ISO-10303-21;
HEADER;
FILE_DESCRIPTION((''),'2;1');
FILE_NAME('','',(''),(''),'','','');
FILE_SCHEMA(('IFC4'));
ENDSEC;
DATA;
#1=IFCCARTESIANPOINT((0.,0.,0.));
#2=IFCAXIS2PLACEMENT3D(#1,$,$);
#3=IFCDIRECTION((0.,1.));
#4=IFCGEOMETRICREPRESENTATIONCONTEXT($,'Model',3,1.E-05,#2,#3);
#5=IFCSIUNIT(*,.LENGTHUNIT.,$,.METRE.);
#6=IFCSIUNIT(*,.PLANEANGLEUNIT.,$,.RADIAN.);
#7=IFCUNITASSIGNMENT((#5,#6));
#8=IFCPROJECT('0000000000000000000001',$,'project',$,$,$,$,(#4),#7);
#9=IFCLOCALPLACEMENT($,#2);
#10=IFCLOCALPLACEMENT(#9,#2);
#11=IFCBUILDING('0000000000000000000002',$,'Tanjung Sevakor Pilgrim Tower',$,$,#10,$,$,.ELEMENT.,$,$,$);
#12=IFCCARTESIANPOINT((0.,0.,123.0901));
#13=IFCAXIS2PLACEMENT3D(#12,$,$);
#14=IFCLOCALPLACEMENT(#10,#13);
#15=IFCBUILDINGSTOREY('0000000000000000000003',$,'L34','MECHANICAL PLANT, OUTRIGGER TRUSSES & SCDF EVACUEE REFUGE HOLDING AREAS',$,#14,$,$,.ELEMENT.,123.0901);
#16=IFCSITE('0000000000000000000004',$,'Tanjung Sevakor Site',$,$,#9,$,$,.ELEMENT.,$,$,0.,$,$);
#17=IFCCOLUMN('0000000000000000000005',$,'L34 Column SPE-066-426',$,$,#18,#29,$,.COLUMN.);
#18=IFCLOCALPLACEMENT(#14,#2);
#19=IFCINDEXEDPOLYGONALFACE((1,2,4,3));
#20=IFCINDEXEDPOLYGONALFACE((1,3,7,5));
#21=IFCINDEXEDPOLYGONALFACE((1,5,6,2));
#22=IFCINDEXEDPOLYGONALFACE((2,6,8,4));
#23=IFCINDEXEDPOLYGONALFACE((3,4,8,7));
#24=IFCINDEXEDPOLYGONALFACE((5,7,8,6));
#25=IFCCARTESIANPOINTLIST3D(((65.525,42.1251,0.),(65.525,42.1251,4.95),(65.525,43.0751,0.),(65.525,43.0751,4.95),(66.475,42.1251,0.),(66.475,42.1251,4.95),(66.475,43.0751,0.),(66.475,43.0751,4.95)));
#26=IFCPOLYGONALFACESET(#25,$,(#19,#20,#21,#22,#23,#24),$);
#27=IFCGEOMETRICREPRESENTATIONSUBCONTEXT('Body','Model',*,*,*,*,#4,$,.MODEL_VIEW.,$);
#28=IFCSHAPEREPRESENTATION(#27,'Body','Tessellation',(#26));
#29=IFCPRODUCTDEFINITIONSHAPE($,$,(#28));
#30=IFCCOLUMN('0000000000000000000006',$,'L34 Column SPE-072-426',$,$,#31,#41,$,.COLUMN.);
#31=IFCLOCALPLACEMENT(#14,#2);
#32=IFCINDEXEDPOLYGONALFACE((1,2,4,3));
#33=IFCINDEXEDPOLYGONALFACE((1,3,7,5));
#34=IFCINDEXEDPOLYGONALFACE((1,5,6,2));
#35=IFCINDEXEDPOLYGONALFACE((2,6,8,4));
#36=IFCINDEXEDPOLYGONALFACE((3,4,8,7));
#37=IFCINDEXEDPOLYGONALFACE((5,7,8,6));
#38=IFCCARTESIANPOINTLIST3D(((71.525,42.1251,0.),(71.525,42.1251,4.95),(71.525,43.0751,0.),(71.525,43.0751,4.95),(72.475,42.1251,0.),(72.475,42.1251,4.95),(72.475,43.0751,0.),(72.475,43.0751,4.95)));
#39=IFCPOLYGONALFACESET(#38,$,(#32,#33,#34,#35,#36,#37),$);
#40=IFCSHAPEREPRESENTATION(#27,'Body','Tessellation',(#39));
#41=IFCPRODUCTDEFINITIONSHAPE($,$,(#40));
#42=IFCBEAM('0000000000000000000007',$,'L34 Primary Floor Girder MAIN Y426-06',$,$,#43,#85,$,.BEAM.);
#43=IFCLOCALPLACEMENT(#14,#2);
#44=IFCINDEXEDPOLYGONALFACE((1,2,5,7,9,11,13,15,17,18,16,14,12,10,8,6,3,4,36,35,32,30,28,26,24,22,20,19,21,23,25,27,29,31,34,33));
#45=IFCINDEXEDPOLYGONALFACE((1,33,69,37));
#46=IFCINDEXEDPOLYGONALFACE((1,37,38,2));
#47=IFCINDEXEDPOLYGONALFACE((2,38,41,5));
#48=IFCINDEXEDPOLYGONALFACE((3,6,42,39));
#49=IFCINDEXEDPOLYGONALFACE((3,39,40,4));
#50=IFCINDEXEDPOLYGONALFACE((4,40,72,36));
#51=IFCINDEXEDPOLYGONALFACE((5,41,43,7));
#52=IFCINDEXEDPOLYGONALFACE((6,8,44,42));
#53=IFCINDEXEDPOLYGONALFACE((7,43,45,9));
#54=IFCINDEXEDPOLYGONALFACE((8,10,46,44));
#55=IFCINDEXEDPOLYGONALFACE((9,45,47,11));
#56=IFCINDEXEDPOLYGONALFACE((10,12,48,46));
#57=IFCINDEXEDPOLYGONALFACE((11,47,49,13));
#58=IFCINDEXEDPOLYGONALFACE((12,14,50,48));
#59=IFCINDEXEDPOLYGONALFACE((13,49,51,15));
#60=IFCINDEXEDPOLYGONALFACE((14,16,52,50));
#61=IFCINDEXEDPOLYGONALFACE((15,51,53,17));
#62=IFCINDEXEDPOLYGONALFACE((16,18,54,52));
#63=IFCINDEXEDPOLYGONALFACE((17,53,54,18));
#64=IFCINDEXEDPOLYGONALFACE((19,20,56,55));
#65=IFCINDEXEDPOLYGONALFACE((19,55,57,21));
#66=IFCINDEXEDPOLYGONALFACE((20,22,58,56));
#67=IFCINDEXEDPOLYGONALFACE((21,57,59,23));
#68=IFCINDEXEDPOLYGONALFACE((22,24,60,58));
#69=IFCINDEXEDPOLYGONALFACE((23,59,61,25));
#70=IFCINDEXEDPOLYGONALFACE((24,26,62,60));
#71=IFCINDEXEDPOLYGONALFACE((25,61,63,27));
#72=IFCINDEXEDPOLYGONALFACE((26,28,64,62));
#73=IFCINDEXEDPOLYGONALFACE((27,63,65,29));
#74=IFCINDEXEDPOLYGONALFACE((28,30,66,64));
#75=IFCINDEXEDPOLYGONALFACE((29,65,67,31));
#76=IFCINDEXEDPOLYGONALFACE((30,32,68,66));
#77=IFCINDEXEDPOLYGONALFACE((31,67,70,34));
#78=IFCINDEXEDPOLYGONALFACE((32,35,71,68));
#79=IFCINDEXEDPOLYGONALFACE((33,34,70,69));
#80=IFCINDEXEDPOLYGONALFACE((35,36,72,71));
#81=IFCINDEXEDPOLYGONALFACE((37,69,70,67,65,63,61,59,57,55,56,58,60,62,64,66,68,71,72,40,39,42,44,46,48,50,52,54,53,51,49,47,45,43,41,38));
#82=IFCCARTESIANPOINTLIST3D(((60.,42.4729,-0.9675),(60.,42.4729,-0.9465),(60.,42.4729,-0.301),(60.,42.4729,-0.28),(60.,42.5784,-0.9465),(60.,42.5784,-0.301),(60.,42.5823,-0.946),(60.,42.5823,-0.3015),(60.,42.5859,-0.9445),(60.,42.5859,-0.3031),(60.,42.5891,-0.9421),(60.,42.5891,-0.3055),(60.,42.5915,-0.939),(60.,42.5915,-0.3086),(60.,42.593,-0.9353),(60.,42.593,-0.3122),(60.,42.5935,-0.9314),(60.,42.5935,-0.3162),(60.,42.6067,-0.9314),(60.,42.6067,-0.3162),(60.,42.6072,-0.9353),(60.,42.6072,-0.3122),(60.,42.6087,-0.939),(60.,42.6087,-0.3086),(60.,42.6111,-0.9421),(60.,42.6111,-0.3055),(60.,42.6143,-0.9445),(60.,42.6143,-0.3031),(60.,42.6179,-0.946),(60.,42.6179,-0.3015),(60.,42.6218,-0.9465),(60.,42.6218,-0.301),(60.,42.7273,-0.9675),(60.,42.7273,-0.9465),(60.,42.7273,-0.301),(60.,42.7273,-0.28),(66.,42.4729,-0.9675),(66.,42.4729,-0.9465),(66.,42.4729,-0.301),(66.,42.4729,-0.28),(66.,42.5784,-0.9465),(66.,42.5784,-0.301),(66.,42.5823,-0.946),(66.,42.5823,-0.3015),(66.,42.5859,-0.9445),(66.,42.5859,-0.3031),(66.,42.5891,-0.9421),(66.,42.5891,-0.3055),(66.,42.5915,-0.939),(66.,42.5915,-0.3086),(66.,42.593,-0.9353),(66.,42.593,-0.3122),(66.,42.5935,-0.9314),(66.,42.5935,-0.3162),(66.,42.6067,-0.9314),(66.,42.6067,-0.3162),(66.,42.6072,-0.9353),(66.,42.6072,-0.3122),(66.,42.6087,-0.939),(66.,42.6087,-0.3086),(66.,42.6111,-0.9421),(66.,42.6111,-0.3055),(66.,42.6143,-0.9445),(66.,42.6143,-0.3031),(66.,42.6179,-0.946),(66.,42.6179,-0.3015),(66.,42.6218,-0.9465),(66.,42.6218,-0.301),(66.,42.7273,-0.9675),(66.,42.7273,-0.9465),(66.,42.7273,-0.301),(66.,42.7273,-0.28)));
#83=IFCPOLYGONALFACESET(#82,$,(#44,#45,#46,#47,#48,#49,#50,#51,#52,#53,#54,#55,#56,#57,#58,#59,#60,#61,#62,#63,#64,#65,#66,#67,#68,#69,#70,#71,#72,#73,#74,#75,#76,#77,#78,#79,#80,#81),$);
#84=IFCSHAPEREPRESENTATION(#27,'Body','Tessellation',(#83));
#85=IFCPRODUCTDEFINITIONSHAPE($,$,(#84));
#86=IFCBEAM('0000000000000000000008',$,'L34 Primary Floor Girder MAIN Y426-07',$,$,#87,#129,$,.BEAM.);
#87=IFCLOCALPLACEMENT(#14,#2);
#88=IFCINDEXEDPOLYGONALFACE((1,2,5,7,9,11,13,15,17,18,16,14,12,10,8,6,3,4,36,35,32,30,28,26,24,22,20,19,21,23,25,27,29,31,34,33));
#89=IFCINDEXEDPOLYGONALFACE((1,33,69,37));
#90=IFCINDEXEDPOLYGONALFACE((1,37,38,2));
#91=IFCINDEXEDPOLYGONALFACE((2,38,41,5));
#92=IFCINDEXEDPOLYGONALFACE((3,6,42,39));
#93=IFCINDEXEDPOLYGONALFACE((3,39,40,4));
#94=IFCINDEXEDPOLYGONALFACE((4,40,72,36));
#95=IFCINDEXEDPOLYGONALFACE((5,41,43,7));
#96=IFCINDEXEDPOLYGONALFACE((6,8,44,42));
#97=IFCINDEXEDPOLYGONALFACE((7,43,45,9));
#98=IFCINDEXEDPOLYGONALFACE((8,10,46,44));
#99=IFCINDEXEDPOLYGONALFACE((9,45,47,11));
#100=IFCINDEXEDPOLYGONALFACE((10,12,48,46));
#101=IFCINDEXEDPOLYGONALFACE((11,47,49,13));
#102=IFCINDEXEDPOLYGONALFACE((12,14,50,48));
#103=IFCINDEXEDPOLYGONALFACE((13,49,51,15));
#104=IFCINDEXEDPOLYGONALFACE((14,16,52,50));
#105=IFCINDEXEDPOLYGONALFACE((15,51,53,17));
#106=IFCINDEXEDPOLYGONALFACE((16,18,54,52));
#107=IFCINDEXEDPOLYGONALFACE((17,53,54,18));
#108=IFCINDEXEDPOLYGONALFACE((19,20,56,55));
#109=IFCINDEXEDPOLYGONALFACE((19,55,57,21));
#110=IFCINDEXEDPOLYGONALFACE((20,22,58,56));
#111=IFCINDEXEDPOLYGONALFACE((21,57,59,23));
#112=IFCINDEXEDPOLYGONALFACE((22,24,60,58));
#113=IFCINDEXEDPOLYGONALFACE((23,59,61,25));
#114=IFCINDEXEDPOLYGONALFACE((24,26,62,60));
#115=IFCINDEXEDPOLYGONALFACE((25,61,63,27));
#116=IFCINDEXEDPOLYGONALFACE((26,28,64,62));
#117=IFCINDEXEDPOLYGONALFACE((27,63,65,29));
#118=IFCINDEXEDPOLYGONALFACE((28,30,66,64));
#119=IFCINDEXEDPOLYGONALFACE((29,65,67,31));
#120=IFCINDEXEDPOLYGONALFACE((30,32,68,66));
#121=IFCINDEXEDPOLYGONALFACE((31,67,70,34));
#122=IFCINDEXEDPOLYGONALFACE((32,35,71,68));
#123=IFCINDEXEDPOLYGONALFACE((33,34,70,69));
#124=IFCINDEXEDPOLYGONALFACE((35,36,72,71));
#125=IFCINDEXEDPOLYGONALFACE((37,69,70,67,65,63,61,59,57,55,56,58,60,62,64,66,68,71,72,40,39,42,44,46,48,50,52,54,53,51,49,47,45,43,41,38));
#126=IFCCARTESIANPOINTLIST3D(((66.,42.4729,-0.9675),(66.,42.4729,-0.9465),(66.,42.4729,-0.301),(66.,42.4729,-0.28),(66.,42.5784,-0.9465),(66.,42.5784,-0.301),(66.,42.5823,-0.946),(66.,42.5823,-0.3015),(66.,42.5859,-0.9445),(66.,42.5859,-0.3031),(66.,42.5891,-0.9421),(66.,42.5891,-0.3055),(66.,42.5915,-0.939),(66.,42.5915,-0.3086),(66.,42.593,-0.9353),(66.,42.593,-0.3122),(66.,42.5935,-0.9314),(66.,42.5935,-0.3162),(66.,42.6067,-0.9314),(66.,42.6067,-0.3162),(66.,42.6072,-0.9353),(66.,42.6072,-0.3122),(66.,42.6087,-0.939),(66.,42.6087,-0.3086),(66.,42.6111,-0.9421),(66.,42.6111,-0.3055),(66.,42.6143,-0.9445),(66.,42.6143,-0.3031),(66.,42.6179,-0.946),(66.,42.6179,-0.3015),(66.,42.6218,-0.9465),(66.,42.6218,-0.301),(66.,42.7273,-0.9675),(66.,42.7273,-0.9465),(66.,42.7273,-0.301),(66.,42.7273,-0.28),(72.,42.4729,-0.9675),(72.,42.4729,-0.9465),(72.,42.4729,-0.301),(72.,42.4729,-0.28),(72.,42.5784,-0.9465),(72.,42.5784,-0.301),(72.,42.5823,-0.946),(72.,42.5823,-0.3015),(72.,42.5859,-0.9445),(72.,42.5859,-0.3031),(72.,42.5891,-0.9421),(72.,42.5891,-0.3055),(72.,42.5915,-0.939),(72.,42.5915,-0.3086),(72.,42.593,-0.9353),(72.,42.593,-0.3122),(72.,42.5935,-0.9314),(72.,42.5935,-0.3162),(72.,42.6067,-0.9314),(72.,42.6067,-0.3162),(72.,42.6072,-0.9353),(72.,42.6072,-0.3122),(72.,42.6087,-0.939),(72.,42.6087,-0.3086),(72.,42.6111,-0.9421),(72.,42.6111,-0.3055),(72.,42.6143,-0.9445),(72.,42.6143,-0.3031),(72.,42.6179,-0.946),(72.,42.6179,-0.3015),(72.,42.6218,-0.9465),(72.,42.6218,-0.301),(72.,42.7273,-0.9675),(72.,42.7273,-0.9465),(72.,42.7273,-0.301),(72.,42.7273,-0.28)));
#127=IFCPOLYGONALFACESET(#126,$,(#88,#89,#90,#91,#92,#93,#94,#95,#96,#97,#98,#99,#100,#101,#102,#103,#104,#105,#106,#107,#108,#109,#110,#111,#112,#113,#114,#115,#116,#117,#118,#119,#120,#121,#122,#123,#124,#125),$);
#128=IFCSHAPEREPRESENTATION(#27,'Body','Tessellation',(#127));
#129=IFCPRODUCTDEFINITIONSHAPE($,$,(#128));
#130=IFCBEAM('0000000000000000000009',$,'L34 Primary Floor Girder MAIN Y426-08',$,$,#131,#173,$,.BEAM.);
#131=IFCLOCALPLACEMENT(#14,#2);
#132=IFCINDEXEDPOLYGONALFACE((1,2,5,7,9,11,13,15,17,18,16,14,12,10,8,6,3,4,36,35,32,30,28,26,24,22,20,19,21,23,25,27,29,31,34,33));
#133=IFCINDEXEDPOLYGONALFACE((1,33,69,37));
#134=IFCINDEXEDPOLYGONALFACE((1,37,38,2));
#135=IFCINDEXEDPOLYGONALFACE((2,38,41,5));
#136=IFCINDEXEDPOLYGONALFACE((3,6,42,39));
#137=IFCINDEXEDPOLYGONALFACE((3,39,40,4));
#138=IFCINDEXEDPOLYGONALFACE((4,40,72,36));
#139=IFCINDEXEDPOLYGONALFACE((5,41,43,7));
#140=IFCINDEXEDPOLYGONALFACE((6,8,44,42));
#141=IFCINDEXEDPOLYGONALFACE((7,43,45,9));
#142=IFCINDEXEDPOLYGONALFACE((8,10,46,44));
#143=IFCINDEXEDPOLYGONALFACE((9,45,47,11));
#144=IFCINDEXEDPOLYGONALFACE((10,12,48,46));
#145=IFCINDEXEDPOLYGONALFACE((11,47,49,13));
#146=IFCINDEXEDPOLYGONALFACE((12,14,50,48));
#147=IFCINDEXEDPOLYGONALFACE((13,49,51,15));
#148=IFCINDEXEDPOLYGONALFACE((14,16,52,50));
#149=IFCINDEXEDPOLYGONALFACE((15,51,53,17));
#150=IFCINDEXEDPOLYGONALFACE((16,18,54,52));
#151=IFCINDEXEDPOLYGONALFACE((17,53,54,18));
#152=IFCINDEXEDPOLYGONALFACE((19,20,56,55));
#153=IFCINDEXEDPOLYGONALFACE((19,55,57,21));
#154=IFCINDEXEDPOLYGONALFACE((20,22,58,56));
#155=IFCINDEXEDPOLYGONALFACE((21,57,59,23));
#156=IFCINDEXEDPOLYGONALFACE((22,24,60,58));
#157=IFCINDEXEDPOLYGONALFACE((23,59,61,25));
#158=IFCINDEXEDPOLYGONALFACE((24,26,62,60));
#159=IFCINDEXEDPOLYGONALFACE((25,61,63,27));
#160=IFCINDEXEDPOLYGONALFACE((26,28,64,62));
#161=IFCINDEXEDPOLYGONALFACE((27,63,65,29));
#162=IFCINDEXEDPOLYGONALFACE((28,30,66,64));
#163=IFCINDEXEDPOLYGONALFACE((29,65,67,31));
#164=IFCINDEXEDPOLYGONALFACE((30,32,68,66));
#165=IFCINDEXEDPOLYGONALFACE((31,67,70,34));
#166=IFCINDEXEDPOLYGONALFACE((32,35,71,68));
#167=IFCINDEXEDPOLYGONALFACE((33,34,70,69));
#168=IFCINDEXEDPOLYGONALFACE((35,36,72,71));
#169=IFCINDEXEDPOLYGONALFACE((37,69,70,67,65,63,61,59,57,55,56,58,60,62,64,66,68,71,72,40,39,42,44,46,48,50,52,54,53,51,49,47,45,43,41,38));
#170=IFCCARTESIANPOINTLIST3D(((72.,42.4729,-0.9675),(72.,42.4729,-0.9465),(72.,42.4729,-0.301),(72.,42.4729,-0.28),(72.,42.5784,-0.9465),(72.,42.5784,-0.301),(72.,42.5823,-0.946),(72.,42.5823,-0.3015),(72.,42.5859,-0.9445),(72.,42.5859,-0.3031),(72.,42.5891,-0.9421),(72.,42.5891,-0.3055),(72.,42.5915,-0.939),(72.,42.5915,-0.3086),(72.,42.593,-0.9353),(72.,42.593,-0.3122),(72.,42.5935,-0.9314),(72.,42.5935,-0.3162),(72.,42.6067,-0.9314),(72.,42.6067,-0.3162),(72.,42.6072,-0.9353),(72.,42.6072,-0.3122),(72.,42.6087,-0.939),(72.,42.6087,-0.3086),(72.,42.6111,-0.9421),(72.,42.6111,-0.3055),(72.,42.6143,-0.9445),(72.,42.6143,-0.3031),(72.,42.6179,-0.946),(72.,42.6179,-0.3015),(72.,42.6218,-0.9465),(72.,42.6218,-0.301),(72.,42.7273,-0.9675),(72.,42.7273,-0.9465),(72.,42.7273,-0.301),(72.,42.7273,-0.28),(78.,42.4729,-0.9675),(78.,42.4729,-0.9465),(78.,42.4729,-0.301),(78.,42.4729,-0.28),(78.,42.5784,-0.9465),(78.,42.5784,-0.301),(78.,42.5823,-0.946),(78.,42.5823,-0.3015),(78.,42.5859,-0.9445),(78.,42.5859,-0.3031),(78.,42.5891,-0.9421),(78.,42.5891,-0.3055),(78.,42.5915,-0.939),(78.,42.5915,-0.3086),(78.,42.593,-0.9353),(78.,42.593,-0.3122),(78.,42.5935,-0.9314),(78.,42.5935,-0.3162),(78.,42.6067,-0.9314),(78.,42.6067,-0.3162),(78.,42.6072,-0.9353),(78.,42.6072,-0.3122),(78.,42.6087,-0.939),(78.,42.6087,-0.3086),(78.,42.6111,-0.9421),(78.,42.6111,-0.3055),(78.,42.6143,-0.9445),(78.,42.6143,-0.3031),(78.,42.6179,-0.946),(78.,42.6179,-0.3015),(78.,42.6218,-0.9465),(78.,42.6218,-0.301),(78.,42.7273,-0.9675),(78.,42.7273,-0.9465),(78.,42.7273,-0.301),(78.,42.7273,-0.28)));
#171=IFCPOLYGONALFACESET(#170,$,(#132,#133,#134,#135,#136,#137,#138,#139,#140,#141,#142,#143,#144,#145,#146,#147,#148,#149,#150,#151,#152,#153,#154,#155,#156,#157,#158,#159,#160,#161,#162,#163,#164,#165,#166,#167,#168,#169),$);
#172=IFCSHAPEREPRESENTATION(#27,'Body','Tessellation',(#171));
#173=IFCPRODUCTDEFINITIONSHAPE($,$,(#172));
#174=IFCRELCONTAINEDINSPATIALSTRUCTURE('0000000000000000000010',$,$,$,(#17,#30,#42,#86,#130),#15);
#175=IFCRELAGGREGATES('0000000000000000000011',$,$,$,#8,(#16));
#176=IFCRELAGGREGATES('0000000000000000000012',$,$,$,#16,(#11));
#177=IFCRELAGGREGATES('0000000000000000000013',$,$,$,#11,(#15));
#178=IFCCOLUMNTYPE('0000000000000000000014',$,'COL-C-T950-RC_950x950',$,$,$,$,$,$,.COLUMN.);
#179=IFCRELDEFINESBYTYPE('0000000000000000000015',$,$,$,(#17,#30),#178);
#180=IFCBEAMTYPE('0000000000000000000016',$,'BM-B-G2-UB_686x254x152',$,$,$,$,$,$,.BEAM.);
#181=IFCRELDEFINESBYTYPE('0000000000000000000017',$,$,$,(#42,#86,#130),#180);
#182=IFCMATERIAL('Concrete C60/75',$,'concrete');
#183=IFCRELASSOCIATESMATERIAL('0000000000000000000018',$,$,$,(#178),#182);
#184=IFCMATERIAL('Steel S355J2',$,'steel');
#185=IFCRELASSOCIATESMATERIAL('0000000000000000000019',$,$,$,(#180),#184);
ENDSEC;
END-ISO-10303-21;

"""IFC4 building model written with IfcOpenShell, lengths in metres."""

from ifc_helpers import new_model, si_unit, direction, frame, origin, origin_2d, place, context, subcontext, project, spatial, rectangle, i_section, extrude, material, material_profile, profile_set, type_object, element, save


model = new_model("IFC4")

# Units and contexts
model_context = context("Model", 3, precision=1e-05, world=origin(), true_north=direction((0.0, 1.0)))
body_context = subcontext(model_context, "Body", "Model", "MODEL_VIEW")
ifc_project = project(units=[si_unit("LENGTHUNIT", "METRE"), si_unit("PLANEANGLEUNIT", "RADIAN")], contexts=[model_context])

# Site, building, storey
site_placement = place(None, origin())
site = spatial("IfcSite", under=ifc_project, at=site_placement, Name="Tanjung Sevakor Site", CompositionType="ELEMENT", RefElevation=0.0)
building_placement = place(site_placement, origin())
building = spatial("IfcBuilding", under=site, at=building_placement, Name="Tanjung Sevakor Pilgrim Tower", CompositionType="ELEMENT")
storey_placement = place(building_placement, frame((0.0, 0.0, 123.0901)))
storey = spatial("IfcBuildingStorey", under=building, at=storey_placement, Name="L34", Description="MECHANICAL PLANT, OUTRIGGER TRUSSES & SCDF EVACUEE REFUGE HOLDING AREAS", CompositionType="ELEMENT", Elevation=123.0901)

# Columns
ifc_material_1 = material(Name="Concrete C60/75", Category="concrete")
ifc_material_profile_1 = material_profile(ifc_material_1, rectangle(XDim=0.95, YDim=0.95, at=origin_2d()))
ifc_profile_set_1 = profile_set([ifc_material_profile_1], Name="Concrete C60/75")
column_type = type_object("IfcColumnType", Name="COL-C-T950-RC_950x950", PredefinedType="COLUMN", material=ifc_profile_set_1)
for number, where, z_axis, x_axis, name in (
    (1, (66.0, 42.6001, 0.0), (0.0, 0.0, 1.0), (1.0, 0.0, 0.0), "L34 Column SPE-066-426"),
    (2, (72.0, 42.6001, 0.0), (0.0, 0.0, 1.0), (1.0, 0.0, 0.0), "L34 Column SPE-072-426"),
):
    element("IfcColumn", number, at=place(storey_placement, frame(where, z_axis=z_axis, x_axis=x_axis)), inside=storey, type_object=column_type, Name=name, PredefinedType="COLUMN", context=body_context, shape_type="SweptSolid", body=[
        extrude(rectangle(XDim=0.95, YDim=0.95, at=origin_2d()), origin(), (0.0, 0.0, 1.0), 4.95),
    ])

# Beams
ifc_material_2 = material(Name="Steel S355J2", Category="steel")
ifc_material_profile_2 = material_profile(ifc_material_2, i_section(OverallWidth=0.2544, OverallDepth=0.6875, WebThickness=0.0132, FlangeThickness=0.021, FilletRadius=0.0151, at=origin_2d()))
ifc_profile_set_2 = profile_set([ifc_material_profile_2], Name="Steel S355J2")
beam_type_1 = type_object("IfcBeamType", Name="BM-B-G2-UB_686x254x152", PredefinedType="BEAM", material=ifc_profile_set_2)
for number, where, z_axis, x_axis, name in (
    (3, (60.0, 42.6001, -0.6238), (1.0, 0.0, 0.0), (0.0, 1.0, 0.0), "L34 Primary Floor Girder MAIN Y426-06"),
    (4, (66.0, 42.6001, -0.6238), (1.0, 0.0, 0.0), (0.0, 1.0, 0.0), "L34 Primary Floor Girder MAIN Y426-07"),
    (5, (72.0, 42.6001, -0.6238), (1.0, 0.0, 0.0), (0.0, 1.0, 0.0), "L34 Primary Floor Girder MAIN Y426-08"),
):
    element("IfcBeam", number, at=place(storey_placement, frame(where, z_axis=z_axis, x_axis=x_axis)), inside=storey, type_object=beam_type_1, Name=name, PredefinedType="BEAM", context=body_context, shape_type="SweptSolid", body=[
        extrude(i_section(OverallWidth=0.2544, OverallDepth=0.6875, WebThickness=0.0132, FlangeThickness=0.021, FilletRadius=0.0151, at=origin_2d()), origin(), (0.0, 0.0, 1.0), 6.0),
    ])

save(model, "model.ifc")
